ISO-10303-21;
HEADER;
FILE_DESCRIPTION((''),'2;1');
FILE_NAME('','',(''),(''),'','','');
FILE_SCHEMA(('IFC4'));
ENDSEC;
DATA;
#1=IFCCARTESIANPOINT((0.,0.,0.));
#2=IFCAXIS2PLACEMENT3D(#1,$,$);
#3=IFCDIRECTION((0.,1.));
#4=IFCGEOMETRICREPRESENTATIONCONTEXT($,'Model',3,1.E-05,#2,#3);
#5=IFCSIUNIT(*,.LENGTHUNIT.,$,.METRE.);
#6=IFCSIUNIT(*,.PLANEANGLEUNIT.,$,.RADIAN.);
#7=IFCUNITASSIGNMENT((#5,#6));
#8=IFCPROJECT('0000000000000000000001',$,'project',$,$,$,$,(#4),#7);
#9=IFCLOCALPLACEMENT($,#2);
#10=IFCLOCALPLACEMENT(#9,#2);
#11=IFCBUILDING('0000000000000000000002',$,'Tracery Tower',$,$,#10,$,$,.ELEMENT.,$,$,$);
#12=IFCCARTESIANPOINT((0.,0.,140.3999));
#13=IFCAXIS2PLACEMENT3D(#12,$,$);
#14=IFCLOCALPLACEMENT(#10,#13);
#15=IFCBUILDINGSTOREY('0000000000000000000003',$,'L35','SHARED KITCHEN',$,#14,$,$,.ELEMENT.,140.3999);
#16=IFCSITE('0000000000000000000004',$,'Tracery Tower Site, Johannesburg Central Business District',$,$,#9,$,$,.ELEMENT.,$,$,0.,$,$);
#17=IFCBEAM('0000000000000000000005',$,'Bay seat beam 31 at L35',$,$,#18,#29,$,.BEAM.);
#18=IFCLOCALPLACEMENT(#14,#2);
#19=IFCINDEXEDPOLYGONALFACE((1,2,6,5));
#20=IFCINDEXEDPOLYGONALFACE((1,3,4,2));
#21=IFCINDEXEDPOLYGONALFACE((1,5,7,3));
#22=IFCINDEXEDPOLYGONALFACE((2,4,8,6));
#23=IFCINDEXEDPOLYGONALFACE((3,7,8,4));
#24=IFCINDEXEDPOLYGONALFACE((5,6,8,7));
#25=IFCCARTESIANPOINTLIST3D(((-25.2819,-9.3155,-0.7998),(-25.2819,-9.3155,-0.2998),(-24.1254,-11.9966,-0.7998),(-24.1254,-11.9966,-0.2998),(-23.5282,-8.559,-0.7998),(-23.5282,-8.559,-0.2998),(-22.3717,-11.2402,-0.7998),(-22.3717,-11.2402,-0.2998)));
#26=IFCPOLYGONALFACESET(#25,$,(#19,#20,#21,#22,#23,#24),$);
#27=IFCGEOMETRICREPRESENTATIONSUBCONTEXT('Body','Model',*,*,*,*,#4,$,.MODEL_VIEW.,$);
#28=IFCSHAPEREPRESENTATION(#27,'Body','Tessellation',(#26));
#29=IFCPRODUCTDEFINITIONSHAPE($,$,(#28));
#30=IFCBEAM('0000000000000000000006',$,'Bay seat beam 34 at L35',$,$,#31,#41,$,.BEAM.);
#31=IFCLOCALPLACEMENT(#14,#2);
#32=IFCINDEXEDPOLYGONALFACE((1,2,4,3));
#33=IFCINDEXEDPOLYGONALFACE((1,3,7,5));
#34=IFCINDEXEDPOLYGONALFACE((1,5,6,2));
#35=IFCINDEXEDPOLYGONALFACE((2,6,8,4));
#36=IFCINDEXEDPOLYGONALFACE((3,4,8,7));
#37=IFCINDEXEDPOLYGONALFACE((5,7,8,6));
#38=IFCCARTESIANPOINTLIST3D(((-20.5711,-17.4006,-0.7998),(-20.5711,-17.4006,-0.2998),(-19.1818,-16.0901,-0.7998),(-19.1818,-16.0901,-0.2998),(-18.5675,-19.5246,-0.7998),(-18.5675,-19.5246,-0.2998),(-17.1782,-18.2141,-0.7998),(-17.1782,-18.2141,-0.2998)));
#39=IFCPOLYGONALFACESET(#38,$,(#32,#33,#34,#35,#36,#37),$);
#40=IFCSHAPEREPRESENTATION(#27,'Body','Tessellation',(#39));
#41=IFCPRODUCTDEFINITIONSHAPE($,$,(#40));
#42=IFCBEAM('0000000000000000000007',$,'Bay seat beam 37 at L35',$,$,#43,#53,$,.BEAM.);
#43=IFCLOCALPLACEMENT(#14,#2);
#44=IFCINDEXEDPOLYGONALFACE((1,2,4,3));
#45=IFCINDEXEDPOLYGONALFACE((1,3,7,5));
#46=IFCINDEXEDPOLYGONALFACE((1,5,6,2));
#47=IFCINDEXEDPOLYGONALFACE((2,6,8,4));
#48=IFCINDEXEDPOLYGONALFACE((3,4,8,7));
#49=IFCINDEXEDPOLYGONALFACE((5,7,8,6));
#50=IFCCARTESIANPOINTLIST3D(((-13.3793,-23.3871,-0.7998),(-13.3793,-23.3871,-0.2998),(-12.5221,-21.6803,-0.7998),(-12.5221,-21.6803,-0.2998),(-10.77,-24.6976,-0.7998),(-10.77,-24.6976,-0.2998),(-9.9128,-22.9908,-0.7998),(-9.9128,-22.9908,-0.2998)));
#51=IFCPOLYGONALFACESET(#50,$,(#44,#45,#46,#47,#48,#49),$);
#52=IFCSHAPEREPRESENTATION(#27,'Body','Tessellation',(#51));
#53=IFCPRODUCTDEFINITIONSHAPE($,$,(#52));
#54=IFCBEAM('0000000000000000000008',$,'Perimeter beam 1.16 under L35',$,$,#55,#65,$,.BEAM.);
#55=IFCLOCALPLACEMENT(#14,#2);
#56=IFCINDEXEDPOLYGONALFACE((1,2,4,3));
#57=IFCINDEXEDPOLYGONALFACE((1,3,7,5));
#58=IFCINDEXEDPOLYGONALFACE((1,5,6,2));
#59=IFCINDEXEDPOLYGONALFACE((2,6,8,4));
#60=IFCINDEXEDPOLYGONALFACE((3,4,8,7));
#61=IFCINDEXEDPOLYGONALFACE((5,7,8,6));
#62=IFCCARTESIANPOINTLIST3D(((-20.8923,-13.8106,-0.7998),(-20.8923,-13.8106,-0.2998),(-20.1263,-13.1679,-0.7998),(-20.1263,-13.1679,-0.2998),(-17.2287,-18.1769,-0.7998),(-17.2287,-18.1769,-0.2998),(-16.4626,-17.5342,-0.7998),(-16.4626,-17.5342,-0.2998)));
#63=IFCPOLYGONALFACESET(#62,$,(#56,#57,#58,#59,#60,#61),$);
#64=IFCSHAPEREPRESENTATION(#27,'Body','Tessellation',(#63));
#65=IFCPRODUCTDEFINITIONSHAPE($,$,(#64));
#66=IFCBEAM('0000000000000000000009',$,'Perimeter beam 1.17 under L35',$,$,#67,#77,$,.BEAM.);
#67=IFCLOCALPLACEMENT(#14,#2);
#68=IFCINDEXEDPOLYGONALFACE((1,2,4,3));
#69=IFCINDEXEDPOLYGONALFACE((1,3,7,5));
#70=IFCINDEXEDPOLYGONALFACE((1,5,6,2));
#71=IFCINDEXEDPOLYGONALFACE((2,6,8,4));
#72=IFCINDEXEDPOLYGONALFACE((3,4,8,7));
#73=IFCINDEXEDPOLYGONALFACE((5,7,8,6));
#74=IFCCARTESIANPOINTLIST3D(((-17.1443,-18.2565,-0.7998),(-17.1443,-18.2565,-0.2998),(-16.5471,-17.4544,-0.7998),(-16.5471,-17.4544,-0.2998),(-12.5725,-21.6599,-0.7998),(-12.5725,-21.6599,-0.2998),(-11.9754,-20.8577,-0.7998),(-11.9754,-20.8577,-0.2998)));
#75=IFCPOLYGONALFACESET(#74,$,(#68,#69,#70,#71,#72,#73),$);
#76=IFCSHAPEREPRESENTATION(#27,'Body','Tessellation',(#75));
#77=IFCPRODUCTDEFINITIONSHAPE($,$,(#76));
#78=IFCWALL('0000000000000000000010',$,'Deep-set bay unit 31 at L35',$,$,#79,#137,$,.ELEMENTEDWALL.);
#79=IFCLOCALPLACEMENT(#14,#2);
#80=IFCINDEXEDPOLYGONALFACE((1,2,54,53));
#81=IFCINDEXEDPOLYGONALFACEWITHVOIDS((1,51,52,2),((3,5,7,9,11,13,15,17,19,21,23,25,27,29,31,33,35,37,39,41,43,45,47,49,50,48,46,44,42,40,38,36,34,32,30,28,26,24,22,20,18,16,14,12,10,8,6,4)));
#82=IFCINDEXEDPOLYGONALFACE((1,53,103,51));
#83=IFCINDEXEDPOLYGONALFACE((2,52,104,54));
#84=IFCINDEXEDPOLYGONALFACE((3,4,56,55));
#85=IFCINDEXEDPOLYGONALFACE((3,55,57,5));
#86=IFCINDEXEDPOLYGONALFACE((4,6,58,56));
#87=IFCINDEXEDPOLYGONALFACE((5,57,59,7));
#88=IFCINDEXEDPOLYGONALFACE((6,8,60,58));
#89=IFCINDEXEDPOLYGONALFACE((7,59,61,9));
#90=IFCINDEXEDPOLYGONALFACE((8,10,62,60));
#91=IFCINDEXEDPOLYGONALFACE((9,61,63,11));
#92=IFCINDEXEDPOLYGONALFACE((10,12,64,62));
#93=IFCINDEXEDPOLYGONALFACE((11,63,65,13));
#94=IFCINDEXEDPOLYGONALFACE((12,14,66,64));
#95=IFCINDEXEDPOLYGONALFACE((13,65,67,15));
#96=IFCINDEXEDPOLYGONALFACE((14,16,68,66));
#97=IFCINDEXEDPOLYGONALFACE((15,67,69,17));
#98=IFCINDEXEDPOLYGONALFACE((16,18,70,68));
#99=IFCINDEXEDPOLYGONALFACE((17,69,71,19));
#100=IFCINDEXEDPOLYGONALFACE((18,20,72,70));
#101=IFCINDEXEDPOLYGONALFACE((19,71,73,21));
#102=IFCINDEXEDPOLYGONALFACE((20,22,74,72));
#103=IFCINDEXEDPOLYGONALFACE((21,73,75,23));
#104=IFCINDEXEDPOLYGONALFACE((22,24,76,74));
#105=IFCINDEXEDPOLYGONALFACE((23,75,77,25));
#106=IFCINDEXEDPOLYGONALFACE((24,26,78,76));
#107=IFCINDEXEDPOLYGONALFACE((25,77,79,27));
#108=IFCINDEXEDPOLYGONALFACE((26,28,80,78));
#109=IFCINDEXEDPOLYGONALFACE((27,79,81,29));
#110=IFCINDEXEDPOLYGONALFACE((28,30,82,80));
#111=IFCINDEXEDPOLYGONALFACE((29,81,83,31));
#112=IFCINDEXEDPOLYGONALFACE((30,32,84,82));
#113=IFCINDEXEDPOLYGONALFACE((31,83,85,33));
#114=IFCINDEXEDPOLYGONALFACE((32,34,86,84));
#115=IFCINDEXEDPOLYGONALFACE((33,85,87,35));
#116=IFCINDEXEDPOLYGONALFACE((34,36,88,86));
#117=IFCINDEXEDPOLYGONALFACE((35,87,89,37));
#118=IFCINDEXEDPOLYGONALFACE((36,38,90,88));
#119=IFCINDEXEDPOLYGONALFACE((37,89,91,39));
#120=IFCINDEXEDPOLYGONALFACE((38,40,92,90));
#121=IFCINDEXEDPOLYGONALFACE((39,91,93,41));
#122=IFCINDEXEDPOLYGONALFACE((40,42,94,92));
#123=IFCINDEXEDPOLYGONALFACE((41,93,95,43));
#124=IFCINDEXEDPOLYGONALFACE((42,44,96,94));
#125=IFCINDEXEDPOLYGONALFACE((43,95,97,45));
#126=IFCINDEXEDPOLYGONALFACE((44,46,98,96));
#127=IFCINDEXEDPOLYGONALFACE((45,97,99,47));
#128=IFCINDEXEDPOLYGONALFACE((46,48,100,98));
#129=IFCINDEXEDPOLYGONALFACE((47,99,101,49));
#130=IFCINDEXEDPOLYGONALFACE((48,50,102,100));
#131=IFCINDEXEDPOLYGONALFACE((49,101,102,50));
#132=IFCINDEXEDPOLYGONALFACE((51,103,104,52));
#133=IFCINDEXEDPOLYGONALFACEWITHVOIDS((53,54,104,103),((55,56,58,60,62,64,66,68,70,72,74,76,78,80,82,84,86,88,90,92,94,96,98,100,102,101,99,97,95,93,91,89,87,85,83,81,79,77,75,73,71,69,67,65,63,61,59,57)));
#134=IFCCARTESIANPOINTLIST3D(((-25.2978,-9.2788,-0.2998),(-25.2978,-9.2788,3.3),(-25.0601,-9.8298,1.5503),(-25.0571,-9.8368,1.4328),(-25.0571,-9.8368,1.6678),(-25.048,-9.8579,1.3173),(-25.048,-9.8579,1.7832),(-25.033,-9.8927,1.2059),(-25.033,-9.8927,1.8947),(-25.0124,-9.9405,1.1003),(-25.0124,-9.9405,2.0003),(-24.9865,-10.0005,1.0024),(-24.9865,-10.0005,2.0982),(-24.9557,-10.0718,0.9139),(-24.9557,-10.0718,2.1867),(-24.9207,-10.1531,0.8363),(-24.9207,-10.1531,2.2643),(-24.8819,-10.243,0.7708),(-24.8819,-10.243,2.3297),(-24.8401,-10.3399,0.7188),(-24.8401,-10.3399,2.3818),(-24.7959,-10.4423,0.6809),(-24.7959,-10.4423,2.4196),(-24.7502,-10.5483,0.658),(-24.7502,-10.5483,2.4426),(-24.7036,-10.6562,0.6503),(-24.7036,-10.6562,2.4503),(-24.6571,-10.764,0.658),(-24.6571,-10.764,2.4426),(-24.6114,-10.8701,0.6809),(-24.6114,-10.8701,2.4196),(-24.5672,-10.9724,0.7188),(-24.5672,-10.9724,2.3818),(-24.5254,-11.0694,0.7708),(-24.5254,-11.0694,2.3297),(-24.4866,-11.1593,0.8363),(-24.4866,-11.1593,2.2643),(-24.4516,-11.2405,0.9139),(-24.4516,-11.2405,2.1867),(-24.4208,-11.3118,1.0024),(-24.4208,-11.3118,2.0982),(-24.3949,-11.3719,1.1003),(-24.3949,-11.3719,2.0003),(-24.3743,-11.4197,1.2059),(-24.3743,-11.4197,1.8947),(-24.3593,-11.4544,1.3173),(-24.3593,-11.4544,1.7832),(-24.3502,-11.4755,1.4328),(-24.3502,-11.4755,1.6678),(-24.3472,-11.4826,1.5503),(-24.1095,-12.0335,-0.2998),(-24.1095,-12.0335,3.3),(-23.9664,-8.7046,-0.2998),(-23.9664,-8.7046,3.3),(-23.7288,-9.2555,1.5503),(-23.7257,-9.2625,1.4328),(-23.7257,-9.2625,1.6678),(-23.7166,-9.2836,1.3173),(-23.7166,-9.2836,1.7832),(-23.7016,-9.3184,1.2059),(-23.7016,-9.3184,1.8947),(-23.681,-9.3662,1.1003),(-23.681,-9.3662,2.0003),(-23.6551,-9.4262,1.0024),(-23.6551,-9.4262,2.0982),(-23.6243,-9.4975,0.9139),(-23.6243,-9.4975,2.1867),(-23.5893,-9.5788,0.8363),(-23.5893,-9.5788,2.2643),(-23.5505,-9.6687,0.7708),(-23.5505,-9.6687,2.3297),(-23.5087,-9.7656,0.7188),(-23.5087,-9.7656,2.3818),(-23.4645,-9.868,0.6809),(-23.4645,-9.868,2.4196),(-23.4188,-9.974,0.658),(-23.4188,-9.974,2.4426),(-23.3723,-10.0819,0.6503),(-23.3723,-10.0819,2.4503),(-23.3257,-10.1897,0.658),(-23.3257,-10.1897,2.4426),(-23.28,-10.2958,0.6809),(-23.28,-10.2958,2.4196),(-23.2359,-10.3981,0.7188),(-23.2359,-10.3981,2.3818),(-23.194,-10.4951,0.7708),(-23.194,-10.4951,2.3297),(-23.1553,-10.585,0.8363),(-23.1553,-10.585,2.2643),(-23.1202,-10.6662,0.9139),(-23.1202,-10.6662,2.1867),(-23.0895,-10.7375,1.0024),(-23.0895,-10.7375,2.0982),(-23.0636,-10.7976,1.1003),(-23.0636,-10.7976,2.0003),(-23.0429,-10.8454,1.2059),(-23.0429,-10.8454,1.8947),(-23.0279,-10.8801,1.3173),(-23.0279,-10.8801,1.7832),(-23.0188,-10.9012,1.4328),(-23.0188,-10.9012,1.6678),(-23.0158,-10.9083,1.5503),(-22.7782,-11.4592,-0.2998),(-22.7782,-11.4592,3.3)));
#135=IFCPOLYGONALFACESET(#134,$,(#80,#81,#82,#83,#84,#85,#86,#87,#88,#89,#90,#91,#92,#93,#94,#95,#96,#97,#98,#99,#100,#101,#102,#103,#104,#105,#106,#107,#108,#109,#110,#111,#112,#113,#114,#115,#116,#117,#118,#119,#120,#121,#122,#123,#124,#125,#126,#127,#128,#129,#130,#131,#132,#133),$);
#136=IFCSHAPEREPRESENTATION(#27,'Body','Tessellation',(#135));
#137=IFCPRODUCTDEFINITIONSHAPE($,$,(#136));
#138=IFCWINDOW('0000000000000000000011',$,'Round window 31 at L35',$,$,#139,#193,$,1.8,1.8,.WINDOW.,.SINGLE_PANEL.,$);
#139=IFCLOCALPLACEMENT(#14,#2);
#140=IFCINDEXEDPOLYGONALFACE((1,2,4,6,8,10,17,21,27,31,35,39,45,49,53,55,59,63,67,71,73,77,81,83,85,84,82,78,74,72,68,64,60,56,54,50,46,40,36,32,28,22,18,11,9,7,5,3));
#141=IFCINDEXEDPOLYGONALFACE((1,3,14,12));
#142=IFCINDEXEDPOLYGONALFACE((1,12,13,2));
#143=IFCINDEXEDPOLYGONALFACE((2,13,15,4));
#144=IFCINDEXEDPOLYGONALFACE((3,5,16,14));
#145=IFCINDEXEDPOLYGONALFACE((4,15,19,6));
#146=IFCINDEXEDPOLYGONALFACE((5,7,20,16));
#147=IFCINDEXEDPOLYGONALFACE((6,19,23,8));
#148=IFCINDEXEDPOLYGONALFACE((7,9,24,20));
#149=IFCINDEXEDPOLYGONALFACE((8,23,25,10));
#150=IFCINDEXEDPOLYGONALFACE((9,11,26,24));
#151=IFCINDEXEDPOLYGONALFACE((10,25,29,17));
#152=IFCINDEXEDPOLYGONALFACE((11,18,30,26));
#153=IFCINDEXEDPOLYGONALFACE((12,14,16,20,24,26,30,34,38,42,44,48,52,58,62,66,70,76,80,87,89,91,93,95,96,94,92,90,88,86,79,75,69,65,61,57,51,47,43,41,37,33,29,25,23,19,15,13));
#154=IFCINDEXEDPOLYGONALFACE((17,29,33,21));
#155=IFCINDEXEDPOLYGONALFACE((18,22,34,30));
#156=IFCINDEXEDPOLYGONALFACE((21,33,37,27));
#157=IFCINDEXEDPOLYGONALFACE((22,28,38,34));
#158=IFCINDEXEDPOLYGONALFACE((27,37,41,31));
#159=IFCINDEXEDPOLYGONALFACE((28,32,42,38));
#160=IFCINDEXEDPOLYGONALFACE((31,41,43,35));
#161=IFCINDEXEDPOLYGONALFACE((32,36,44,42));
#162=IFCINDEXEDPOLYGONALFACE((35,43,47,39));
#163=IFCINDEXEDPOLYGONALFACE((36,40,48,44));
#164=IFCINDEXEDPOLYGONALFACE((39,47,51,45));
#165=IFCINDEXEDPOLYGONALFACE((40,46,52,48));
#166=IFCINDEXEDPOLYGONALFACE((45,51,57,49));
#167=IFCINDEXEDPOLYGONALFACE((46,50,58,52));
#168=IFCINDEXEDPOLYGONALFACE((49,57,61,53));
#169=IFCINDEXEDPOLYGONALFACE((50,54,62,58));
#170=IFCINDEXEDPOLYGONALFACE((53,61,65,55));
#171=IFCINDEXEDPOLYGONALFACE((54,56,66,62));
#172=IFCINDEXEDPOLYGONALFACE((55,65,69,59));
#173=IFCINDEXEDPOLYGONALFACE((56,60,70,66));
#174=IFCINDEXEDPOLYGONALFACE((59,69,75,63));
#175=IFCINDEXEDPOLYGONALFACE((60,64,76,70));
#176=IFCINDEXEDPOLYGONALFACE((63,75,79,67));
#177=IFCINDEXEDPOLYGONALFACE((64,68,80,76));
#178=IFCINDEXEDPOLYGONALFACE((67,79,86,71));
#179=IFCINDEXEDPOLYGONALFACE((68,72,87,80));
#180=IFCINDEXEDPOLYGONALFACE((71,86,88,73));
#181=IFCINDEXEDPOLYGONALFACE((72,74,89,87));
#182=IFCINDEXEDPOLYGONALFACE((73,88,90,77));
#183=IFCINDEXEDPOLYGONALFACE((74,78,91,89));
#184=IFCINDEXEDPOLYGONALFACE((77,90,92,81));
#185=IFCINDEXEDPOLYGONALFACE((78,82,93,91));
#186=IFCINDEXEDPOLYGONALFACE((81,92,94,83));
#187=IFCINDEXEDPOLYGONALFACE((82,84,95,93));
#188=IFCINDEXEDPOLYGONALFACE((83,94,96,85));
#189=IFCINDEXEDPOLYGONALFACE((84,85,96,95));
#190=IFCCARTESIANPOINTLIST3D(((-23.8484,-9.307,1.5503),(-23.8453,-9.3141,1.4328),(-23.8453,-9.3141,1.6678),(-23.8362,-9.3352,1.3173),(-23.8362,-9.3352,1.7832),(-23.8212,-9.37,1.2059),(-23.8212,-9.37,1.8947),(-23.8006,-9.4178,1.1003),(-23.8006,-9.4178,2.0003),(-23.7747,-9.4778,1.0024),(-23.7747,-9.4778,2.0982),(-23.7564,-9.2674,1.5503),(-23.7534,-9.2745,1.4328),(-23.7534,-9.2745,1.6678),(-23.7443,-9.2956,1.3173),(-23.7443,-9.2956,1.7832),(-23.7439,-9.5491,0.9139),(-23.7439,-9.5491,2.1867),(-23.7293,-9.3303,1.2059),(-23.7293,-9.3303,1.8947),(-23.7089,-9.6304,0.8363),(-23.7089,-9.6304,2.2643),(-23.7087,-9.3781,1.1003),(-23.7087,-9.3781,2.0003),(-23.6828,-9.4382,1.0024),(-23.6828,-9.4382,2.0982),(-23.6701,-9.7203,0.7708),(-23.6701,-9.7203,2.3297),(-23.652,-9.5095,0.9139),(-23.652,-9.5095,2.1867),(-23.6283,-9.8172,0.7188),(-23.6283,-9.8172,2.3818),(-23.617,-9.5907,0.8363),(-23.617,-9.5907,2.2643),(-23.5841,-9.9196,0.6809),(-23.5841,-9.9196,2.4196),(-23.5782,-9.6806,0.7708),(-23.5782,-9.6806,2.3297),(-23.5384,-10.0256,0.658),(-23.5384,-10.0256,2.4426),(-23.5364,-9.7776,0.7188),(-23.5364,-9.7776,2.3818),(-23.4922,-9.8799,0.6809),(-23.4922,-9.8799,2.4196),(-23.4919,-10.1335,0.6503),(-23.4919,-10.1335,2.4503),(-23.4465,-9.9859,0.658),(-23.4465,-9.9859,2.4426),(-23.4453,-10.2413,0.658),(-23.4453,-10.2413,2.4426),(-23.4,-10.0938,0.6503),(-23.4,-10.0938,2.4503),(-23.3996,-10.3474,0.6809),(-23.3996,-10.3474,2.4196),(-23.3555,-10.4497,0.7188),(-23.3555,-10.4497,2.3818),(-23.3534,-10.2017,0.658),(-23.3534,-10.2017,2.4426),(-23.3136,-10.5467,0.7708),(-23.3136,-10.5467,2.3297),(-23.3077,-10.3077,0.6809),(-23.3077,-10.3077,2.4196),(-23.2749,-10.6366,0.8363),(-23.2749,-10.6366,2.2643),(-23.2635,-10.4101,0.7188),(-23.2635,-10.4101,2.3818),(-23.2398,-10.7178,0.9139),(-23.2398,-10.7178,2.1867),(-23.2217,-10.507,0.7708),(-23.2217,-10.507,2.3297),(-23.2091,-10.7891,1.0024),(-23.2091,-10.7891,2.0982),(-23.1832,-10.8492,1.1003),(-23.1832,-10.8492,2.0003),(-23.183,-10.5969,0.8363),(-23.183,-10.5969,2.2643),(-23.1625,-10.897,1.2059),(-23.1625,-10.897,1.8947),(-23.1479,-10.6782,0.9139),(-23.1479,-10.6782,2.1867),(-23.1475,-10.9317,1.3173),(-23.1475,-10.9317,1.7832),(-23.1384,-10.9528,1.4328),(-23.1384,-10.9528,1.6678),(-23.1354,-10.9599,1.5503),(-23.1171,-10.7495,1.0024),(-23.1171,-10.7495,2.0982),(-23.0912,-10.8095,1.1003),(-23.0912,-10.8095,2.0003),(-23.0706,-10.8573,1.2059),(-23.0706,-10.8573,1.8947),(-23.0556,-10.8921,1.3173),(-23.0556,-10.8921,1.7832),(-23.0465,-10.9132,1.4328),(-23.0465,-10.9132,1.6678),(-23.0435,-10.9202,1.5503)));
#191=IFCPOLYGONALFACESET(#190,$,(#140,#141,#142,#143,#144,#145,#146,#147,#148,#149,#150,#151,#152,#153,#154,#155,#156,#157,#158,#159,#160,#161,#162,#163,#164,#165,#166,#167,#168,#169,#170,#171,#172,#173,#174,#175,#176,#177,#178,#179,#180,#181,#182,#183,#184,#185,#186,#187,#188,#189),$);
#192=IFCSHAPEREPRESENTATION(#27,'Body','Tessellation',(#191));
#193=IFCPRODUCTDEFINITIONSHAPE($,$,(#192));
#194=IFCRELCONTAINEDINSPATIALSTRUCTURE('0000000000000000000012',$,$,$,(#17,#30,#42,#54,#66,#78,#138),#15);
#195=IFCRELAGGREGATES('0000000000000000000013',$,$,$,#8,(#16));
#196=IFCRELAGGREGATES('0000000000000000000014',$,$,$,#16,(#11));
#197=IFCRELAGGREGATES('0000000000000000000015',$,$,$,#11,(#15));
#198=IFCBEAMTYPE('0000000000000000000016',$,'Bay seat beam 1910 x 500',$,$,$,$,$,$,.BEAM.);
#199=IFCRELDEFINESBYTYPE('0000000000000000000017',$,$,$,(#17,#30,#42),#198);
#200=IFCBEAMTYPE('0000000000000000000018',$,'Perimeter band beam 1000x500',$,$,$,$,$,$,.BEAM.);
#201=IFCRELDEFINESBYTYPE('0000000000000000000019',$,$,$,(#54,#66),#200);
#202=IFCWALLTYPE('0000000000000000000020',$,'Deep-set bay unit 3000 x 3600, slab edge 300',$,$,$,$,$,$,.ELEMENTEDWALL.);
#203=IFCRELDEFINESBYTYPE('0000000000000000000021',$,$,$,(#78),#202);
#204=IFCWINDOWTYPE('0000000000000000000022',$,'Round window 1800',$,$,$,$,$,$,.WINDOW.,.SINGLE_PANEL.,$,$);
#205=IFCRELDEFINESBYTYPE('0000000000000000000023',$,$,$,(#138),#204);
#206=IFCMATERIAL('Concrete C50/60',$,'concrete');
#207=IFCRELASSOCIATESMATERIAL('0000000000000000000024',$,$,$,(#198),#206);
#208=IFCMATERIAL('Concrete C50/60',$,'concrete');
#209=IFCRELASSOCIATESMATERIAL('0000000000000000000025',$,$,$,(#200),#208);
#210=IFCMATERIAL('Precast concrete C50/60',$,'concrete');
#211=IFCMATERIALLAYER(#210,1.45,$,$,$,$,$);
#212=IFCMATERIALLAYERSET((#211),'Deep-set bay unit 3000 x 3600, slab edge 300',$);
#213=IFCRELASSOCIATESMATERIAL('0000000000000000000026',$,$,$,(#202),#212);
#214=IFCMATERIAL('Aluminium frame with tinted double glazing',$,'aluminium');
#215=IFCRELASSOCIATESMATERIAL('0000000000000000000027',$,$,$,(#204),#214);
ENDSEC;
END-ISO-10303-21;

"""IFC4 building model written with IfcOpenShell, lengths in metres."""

from ifc_helpers import new_model, si_unit, direction, frame, frame_2d, origin, origin_2d, place, context, subcontext, project, spatial, rectangle, circle, extrude, material, layer, layer_set, material_profile, profile_set, type_object, element, fill, save


model = new_model("IFC4")

# Units and contexts
model_context = context("Model", 3, precision=1e-05, world=origin(), true_north=direction((0.0, 1.0)))
body_context = subcontext(model_context, "Body", "Model", "MODEL_VIEW")
ifc_project = project(units=[si_unit("LENGTHUNIT", "METRE"), si_unit("PLANEANGLEUNIT", "RADIAN")], contexts=[model_context])

# Site, building, storey
site_placement = place(None, origin())
site = spatial("IfcSite", under=ifc_project, at=site_placement, Name="Tracery Tower Site, Johannesburg Central Business District", CompositionType="ELEMENT", RefElevation=0.0)
building_placement = place(site_placement, origin())
building = spatial("IfcBuilding", under=site, at=building_placement, Name="Tracery Tower", CompositionType="ELEMENT")
storey_placement = place(building_placement, frame((0.0, 0.0, 140.3999)))
storey = spatial("IfcBuildingStorey", under=building, at=storey_placement, Name="L35", Description="SHARED KITCHEN", CompositionType="ELEMENT", Elevation=140.3999)

# Beams
ifc_material_1 = material(Name="Concrete C50/60", Category="concrete")
ifc_material_profile_1 = material_profile(ifc_material_1, rectangle(XDim=1.9099, YDim=0.5, at=origin_2d()), Name="RC 1910x500")
ifc_profile_set_1 = profile_set([ifc_material_profile_1], Name="Concrete C50/60")
beam_type_1 = type_object("IfcBeamType", Name="Bay seat beam 1910 x 500", PredefinedType="BEAM", material=ifc_profile_set_1)
for number, where, z_axis, x_axis, name in (
    (1, (-24.405, -8.9373, -0.5498), (0.396068, -0.918221, 0.0), (0.918221, 0.396068, 0.0), "Bay seat beam 31 at L35"),
    (2, (-19.8765, -16.7454, -0.5498), (0.686196, -0.727416, 0.0), (0.727416, 0.686196, 0.0), "Bay seat beam 34 at L35"),
    (3, (-12.9507, -22.5337, -0.5498), (0.893623, -0.448818, 0.0), (0.448818, 0.893623, 0.0), "Bay seat beam 37 at L35"),
):
    element("IfcBeam", number, at=place(storey_placement, frame(where, z_axis=z_axis, x_axis=x_axis)), inside=storey, type_object=beam_type_1, Name=name, PredefinedType="BEAM", context=body_context, shape_type="SweptSolid", body=[
        extrude(rectangle(XDim=1.9099, YDim=0.5, at=origin_2d()), origin(), (0.0, 0.0, 1.0), 2.9199),
    ])
ifc_material_2 = material(Name="Concrete C50/60", Category="concrete")
ifc_material_profile_2 = material_profile(ifc_material_2, rectangle(XDim=1.0, YDim=0.5, at=origin_2d()), Name="RC 1000x500")
ifc_profile_set_2 = profile_set([ifc_material_profile_2], Name="Concrete C50/60")
beam_type_2 = type_object("IfcBeamType", Name="Perimeter band beam 1000x500", PredefinedType="BEAM", material=ifc_profile_set_2)
beam_1_placement = place(storey_placement, frame((-20.5093, -13.4893, -0.5498), z_axis=(0.642776, -0.766054, 0.0), x_axis=(0.766054, 0.642776, 0.0)))
element("IfcBeam", 4, at=beam_1_placement, inside=storey, type_object=beam_type_2, Name="Perimeter beam 1.16 under L35", PredefinedType="BEAM", context=body_context, shape_type="SweptSolid", body=[
    extrude(rectangle(XDim=1.0, YDim=0.5, at=origin_2d()), origin(), (0.0, 0.0, 1.0), 5.6997),
])
beam_2_placement = place(storey_placement, frame((-16.8457, -17.8555, -0.5498), z_axis=(0.802144, -0.597131, 0.0), x_axis=(0.597131, 0.802144, 0.0)))
element("IfcBeam", 5, at=beam_2_placement, inside=storey, type_object=beam_type_2, Name="Perimeter beam 1.17 under L35", PredefinedType="BEAM", context=body_context, shape_type="SweptSolid", body=[
    extrude(rectangle(XDim=1.0, YDim=0.5, at=origin_2d()), origin(), (0.0, 0.0, 1.0), 5.6995),
])

# Wall, opening, window
ifc_material_3 = material(Name="Precast concrete C50/60", Category="concrete")
ifc_layer_1 = layer(ifc_material_3, 1.45)
ifc_layer_set_1 = layer_set([ifc_layer_1], Name="Deep-set bay unit 3000 x 3600, slab edge 300")
wall_type_1 = type_object("IfcWallType", Name="Deep-set bay unit 3000 x 3600, slab edge 300", PredefinedType="ELEMENTEDWALL", material=ifc_layer_set_1)
wall_1_placement = place(storey_placement, frame((-24.6321, -8.9917, -0.2998), z_axis=(0.0, 0.0, 1.0), x_axis=(0.396079, -0.918216, 0.0)))
wall_1 = element("IfcWall", 6, at=wall_1_placement, inside=storey, type_object=wall_type_1, Name="Deep-set bay unit 31 at L35", PredefinedType="ELEMENTEDWALL", context=body_context, shape_type="SweptSolid", body=[
    extrude(rectangle(XDim=3.0, YDim=1.45, at=frame_2d((1.5, 0.0))), origin(), (0.0, 0.0, 1.0), 3.5999),
])
opening_1_placement = place(wall_1_placement, frame((1.5, 0.0, 1.8501)))
opening_1 = element("IfcOpeningElement", 7, at=opening_1_placement, cuts=wall_1, PredefinedType="OPENING", context=body_context, shape_type="SweptSolid", body=[
    extrude(circle(Radius=0.9, at=origin_2d()), frame((0.0, 0.7349, 0.0), z_axis=(0.0, -1.0, 0.0), x_axis=(1.0, 0.0, 0.0)), (0.0, 0.0, 1.0), 1.47),
])
ifc_material_4 = material(Name="Aluminium frame with tinted double glazing", Category="aluminium")
window_type = type_object("IfcWindowType", Name="Round window 1800", PartitioningType="SINGLE_PANEL", PredefinedType="WINDOW", material=ifc_material_4)
window_1_placement = place(opening_1_placement, origin())
window_1 = element("IfcWindow", 8, at=window_1_placement, inside=storey, type_object=window_type, Name="Round window 31 at L35", OverallHeight=1.8, OverallWidth=1.8, PartitioningType="SINGLE_PANEL", PredefinedType="WINDOW", context=body_context, shape_type="SweptSolid", body=[
    extrude(circle(Radius=0.9, at=origin_2d()), frame((0.0, 0.6948, 0.0), z_axis=(0.0, -1.0, 0.0), x_axis=(1.0, 0.0, 0.0)), (0.0, 0.0, 1.0), 0.1001),
])
fill(opening_1, window_1)

save(model, "model.ifc")
